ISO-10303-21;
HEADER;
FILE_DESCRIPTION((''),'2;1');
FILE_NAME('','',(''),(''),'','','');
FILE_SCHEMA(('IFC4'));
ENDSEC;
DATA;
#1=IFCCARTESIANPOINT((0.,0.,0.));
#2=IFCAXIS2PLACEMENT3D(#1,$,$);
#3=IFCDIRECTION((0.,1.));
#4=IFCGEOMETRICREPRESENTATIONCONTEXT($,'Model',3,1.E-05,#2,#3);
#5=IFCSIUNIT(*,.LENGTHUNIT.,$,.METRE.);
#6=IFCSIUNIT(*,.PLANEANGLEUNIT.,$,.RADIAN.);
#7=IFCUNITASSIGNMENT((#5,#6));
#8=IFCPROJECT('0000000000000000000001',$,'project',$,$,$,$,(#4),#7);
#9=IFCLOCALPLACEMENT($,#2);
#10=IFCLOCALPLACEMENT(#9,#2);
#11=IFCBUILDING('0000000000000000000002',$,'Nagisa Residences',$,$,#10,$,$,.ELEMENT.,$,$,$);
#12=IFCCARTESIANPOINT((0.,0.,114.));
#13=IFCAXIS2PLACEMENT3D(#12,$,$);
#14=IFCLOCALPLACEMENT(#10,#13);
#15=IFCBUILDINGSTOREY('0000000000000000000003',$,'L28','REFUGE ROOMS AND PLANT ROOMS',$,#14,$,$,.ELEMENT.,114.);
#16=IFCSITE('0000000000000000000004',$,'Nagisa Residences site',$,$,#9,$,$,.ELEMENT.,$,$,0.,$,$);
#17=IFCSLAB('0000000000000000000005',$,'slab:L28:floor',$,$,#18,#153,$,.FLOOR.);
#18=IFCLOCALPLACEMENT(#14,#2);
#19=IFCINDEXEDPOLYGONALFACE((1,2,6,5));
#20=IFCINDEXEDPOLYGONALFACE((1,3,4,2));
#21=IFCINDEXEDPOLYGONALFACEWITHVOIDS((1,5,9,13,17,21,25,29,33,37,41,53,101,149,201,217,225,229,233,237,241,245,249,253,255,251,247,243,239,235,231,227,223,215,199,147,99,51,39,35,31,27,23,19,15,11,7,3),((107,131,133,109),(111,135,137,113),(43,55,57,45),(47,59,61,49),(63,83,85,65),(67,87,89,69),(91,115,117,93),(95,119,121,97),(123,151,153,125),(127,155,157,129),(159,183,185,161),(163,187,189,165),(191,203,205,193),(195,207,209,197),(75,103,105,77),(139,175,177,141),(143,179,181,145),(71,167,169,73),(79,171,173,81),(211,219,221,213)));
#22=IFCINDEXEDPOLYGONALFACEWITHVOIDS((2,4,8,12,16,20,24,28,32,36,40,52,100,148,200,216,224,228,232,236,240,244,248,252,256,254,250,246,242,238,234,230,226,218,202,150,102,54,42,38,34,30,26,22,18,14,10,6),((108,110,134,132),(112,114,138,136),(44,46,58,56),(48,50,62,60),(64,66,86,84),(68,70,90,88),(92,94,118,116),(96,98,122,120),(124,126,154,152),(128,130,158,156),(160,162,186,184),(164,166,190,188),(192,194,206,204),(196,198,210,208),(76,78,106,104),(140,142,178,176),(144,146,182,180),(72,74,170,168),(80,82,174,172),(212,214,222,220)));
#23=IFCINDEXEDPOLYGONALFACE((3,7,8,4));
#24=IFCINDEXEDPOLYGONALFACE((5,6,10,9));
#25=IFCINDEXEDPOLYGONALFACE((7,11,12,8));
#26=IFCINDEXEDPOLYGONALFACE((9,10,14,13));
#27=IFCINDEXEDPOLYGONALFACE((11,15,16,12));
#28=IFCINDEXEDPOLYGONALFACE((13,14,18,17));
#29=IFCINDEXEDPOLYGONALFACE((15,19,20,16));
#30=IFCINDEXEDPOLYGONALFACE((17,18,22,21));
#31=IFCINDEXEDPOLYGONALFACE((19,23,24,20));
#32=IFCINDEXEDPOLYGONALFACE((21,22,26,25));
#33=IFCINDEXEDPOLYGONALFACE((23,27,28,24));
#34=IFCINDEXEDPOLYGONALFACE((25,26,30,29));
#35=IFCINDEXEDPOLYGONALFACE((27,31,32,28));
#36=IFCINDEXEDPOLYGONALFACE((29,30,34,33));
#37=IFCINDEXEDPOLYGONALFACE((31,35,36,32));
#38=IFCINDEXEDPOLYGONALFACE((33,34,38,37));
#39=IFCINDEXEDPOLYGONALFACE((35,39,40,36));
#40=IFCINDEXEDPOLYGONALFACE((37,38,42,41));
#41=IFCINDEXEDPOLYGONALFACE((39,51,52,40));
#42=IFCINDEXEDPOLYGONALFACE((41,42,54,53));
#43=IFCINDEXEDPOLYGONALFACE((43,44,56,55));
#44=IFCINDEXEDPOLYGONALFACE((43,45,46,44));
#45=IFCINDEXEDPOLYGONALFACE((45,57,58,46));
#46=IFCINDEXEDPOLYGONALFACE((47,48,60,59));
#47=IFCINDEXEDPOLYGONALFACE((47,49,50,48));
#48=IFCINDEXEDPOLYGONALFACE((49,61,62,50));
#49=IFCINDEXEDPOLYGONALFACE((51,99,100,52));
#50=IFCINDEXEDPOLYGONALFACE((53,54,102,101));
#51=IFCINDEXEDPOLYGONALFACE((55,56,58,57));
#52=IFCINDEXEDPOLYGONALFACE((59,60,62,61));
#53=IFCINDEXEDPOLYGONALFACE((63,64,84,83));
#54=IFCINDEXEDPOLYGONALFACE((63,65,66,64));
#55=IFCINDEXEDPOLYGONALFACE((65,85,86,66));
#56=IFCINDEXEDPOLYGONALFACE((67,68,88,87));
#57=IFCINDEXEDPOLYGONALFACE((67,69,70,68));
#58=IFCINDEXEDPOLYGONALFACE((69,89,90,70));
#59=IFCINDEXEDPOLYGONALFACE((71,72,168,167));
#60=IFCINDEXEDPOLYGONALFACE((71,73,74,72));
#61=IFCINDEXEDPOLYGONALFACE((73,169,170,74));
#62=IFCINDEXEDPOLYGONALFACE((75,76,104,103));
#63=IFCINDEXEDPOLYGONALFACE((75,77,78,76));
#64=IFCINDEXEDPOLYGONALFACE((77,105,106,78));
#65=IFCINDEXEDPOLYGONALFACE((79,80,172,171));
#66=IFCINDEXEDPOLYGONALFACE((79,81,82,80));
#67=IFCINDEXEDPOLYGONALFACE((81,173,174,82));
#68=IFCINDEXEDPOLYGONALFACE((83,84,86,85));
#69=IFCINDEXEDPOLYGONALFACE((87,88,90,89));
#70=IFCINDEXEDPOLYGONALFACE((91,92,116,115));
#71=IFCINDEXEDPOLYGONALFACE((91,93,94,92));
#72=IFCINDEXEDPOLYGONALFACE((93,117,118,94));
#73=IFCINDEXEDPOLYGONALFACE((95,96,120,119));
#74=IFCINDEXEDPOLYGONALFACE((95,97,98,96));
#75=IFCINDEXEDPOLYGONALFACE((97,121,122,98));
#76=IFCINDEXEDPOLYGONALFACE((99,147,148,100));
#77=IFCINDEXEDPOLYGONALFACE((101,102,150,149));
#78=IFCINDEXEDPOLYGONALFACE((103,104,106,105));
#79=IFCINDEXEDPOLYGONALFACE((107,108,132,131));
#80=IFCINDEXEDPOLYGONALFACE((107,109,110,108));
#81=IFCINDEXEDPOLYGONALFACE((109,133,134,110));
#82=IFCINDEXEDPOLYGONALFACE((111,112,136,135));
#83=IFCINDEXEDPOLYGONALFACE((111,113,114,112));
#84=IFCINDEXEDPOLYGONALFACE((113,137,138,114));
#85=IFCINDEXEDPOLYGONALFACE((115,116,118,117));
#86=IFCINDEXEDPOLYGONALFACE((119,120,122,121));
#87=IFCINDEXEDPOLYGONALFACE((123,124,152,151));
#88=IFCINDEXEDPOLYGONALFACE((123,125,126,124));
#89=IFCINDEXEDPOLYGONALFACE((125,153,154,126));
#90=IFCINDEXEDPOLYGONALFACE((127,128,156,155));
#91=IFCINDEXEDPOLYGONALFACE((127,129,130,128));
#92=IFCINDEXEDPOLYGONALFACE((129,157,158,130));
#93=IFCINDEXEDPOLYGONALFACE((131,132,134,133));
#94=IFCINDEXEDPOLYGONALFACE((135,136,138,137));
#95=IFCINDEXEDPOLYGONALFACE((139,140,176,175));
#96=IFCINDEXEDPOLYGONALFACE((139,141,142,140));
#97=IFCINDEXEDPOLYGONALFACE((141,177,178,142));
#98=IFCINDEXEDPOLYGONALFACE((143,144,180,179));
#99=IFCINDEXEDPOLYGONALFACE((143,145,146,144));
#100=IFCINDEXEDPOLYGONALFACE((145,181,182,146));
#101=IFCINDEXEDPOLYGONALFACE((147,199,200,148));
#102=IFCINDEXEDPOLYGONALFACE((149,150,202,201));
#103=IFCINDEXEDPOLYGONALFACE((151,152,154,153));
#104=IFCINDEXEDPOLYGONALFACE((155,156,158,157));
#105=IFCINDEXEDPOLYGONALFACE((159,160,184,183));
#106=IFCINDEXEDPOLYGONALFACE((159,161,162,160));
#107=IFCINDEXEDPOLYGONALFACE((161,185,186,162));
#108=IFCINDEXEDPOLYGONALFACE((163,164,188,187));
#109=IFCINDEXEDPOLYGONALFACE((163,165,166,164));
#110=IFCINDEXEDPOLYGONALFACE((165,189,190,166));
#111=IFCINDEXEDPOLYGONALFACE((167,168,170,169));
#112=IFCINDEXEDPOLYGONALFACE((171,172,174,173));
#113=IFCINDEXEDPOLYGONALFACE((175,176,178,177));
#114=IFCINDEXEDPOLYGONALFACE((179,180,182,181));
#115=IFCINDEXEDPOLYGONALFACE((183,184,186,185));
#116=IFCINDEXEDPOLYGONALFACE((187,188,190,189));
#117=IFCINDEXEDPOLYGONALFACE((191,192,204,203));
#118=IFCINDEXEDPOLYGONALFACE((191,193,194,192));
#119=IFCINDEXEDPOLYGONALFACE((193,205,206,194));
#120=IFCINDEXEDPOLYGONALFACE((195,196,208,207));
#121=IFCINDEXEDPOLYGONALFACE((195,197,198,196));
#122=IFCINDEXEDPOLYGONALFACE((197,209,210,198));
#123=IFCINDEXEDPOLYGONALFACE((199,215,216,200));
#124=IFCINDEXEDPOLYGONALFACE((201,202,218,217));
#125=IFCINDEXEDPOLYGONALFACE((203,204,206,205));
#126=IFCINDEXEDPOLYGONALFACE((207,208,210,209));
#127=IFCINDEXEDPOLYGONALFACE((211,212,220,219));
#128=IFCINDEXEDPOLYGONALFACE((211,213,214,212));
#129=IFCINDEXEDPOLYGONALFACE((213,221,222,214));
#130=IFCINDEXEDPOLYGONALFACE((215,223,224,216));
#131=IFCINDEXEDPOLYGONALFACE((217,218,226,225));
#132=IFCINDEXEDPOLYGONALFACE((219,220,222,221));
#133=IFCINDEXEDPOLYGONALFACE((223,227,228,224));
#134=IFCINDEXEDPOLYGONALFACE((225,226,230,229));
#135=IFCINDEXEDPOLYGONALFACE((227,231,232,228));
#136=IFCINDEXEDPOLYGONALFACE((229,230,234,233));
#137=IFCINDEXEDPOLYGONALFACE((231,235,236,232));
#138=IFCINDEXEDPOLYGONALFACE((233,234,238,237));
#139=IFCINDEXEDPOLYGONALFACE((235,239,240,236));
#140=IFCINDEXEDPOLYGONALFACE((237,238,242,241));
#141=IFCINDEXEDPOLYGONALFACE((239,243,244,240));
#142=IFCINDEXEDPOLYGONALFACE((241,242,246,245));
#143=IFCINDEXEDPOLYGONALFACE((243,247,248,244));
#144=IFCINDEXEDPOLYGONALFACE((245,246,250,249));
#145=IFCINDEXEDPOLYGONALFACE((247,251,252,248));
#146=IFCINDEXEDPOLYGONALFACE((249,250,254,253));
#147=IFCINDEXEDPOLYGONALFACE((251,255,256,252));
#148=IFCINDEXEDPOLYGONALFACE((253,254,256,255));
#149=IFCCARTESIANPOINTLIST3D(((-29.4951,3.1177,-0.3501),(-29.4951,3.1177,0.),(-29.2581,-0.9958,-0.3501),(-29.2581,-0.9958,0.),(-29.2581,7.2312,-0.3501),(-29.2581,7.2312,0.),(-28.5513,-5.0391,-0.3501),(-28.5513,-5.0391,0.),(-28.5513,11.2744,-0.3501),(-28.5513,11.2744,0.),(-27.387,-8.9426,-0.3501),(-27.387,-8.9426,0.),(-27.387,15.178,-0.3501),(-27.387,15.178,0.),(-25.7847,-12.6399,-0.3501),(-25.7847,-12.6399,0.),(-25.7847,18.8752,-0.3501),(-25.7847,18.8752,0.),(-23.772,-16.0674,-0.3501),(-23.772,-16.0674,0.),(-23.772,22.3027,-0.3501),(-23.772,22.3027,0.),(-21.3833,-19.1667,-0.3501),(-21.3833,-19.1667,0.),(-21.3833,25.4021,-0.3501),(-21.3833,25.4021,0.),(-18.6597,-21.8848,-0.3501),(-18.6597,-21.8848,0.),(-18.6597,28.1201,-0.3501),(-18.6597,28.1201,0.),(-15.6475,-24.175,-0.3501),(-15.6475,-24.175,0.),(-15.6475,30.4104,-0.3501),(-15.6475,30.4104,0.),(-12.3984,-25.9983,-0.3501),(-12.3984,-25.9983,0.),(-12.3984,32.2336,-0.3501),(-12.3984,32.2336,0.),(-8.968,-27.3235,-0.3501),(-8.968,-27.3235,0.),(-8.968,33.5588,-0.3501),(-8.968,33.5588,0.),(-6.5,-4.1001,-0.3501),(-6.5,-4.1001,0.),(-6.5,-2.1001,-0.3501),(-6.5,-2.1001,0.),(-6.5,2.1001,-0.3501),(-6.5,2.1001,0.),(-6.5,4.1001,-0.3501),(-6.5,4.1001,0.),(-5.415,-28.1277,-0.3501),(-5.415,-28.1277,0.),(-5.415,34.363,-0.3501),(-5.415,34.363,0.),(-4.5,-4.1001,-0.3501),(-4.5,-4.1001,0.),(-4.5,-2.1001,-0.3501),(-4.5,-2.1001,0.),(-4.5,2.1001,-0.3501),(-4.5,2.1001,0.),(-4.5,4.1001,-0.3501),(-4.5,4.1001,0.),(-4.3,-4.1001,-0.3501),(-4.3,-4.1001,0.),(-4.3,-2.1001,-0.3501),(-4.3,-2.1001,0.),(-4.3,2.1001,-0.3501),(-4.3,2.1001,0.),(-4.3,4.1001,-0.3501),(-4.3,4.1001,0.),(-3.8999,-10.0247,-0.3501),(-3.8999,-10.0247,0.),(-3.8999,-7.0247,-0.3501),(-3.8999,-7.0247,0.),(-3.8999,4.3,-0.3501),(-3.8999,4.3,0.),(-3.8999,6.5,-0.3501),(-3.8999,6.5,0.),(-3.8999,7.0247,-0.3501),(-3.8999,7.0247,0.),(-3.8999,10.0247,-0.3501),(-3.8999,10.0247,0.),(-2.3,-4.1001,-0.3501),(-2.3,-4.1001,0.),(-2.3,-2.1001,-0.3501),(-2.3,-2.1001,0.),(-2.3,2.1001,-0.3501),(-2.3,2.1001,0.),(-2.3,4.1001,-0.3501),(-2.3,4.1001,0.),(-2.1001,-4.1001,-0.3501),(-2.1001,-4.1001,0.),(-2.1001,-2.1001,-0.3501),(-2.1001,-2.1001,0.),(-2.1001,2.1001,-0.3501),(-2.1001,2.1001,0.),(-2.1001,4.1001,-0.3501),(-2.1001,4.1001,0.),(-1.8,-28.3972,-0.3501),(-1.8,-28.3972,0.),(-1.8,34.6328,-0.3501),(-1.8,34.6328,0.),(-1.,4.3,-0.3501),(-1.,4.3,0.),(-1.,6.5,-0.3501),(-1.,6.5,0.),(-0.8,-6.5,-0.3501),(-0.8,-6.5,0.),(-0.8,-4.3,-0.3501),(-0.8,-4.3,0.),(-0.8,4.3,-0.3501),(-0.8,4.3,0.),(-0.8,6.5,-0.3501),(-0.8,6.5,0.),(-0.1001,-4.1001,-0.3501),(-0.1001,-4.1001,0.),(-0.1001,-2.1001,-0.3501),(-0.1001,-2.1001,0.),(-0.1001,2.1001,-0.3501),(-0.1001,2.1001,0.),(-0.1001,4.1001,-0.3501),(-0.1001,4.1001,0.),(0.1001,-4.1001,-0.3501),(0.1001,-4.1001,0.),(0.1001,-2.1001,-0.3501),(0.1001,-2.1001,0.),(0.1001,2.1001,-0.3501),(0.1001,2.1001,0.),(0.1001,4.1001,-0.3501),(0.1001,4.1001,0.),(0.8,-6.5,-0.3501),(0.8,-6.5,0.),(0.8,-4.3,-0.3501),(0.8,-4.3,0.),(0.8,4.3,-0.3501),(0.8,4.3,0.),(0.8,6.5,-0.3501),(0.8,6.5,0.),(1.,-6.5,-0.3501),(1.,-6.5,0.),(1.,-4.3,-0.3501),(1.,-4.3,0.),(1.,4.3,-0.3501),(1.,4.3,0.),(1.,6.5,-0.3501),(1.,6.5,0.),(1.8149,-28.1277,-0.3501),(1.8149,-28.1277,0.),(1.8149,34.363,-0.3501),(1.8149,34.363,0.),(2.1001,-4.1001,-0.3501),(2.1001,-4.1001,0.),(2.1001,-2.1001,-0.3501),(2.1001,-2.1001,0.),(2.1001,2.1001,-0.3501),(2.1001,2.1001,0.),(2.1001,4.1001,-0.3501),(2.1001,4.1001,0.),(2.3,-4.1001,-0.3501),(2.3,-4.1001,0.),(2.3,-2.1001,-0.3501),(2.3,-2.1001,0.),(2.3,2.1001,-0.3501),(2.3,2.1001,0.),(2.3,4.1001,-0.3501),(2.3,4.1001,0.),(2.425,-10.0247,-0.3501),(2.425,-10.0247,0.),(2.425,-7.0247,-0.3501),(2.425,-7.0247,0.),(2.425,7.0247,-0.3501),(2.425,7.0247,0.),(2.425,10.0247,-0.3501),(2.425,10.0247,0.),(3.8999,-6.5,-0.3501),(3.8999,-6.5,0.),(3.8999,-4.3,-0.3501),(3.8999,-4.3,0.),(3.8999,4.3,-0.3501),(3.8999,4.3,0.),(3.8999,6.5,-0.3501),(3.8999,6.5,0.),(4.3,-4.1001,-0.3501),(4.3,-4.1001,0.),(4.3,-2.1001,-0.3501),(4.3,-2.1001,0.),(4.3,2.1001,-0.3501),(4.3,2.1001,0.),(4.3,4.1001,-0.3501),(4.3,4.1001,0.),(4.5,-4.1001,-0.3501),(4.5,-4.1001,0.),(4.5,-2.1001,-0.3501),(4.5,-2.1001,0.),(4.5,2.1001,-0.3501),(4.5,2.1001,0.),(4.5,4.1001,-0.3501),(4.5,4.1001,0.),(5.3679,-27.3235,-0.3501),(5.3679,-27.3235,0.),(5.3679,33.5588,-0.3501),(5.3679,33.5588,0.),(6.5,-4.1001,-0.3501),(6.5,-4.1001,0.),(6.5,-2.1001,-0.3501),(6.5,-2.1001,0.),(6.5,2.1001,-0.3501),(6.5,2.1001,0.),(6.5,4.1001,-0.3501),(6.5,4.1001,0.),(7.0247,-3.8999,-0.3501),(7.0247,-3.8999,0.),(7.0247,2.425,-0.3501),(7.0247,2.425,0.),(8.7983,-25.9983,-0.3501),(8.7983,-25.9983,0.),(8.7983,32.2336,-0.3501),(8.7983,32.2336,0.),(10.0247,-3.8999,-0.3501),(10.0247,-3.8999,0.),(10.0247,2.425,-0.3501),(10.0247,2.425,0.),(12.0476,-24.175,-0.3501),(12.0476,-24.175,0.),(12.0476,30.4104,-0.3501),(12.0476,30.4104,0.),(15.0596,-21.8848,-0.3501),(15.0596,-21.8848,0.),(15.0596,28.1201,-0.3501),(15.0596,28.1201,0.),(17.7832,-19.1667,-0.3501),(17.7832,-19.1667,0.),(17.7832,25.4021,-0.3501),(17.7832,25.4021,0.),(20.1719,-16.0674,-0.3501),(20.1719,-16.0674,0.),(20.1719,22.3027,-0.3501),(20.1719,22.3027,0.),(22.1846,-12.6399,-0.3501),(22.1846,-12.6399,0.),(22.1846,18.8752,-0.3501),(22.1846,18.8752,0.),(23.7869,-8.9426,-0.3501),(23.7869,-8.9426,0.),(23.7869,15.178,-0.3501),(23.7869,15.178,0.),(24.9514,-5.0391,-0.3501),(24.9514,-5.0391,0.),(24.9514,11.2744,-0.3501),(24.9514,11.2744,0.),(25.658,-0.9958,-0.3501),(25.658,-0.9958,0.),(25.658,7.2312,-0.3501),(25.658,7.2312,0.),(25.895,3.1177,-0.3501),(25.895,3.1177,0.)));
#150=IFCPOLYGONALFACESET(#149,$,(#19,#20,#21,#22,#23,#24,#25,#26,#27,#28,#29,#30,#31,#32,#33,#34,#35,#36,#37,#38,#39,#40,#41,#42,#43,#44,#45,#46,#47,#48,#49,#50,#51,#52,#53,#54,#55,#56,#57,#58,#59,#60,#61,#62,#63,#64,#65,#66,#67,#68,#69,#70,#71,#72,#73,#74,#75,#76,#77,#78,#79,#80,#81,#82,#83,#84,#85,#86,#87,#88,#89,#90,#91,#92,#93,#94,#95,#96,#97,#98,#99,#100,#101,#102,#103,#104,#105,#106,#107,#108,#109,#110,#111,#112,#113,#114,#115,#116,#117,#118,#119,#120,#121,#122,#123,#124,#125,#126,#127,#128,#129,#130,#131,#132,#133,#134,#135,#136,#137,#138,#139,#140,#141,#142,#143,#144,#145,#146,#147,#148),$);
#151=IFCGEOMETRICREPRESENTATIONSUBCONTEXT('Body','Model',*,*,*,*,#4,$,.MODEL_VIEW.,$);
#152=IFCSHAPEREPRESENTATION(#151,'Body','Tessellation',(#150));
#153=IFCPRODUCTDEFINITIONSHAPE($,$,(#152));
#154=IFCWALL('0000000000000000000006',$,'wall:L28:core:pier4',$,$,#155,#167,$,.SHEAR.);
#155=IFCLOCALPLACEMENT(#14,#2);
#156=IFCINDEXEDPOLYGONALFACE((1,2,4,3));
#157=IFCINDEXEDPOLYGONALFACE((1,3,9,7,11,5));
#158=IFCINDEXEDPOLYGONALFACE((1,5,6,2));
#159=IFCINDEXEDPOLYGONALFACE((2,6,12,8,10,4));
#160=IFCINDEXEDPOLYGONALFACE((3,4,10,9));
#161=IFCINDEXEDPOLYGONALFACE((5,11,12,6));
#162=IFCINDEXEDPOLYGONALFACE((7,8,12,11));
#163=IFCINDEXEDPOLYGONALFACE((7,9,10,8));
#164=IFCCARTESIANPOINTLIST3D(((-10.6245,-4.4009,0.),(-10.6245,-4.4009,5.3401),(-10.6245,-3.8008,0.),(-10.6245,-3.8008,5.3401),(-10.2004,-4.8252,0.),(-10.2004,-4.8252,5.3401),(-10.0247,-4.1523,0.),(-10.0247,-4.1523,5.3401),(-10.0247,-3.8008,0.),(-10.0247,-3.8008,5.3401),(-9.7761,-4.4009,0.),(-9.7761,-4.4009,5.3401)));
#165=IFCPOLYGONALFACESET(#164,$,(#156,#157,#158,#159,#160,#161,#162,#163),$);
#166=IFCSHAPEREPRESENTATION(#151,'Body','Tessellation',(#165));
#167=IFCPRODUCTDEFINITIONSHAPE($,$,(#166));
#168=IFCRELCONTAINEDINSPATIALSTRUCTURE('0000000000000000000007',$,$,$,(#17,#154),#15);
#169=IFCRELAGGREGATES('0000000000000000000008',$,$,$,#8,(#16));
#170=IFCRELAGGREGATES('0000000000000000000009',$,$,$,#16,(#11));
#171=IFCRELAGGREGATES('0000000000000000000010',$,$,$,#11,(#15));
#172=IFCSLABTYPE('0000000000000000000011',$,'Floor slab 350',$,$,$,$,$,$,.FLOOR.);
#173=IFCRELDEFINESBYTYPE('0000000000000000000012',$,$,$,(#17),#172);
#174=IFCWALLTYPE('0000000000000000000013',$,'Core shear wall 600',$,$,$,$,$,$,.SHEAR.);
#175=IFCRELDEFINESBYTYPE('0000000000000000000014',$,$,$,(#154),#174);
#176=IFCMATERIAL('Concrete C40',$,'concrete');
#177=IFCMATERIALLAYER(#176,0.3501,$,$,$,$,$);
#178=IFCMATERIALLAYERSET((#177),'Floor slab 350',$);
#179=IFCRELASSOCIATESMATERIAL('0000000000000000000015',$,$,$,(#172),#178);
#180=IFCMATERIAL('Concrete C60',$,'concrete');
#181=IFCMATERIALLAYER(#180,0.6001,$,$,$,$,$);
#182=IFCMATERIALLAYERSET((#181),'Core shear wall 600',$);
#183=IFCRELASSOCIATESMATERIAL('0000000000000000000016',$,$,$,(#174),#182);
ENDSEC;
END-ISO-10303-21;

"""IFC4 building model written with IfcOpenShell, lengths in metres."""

from ifc_helpers import new_model, si_unit, direction, frame, origin, place, context, subcontext, project, spatial, polyline, outline, extrude, material, layer, layer_set, type_object, element, save


model = new_model("IFC4")

# Units and contexts
model_context = context("Model", 3, precision=1e-05, world=origin(), true_north=direction((0.0, 1.0)))
body_context = subcontext(model_context, "Body", "Model", "MODEL_VIEW")
ifc_project = project(units=[si_unit("LENGTHUNIT", "METRE"), si_unit("PLANEANGLEUNIT", "RADIAN")], contexts=[model_context])

# Site, building, storey
site_placement = place(None, origin())
site = spatial("IfcSite", under=ifc_project, at=site_placement, Name="Nagisa Residences site", CompositionType="ELEMENT", RefElevation=0.0)
building_placement = place(site_placement, origin())
building = spatial("IfcBuilding", under=site, at=building_placement, Name="Nagisa Residences", CompositionType="ELEMENT")
storey_placement = place(building_placement, frame((0.0, 0.0, 114.0)))
storey = spatial("IfcBuildingStorey", under=building, at=storey_placement, Name="L28", Description="REFUGE ROOMS AND PLANT ROOMS", CompositionType="ELEMENT", Elevation=114.0)

# Slab
ifc_material_1 = material(Name="Concrete C40", Category="concrete")
ifc_layer_1 = layer(ifc_material_1, 0.3501)
ifc_layer_set_1 = layer_set([ifc_layer_1], Name="Floor slab 350")
slab_type_1 = type_object("IfcSlabType", Name="Floor slab 350", PredefinedType="FLOOR", material=ifc_layer_set_1)
slab_1_placement = place(storey_placement, frame((0.0, 0.0, -0.3501)))
element("IfcSlab", 1, at=slab_1_placement, inside=storey, type_object=slab_type_1, Name="slab:L28:floor", PredefinedType="FLOOR", context=body_context, shape_type="SweptSolid", body=[
    extrude(outline(polyline([(25.895, 3.1177), (25.658, 7.2312), (24.9514, 11.2744), (23.7869, 15.178), (22.1846, 18.8752), (20.1719, 22.3027), (17.7832, 25.4021), (15.0596, 28.1201), (12.0476, 30.4104), (8.7983, 32.2336), (5.3679, 33.5588), (1.8149, 34.363), (-1.8, 34.6328), (-5.415, 34.363), (-8.968, 33.5588), (-12.3984, 32.2336), (-15.6475, 30.4104), (-18.6597, 28.1201), (-21.3833, 25.4021), (-23.772, 22.3027), (-25.7847, 18.8752), (-27.387, 15.178), (-28.5513, 11.2744), (-29.2581, 7.2312), (-29.4951, 3.1177), (-29.2581, -0.9958), (-28.5513, -5.0391), (-27.387, -8.9426), (-25.7847, -12.6399), (-23.772, -16.0674), (-21.3833, -19.1667), (-18.6597, -21.8848), (-15.6475, -24.175), (-12.3984, -25.9983), (-8.968, -27.3235), (-5.415, -28.1277), (-1.8, -28.3972), (1.8149, -28.1277), (5.3679, -27.3235), (8.7983, -25.9983), (12.0476, -24.175), (15.0596, -21.8848), (17.7832, -19.1667), (20.1719, -16.0674), (22.1846, -12.6399), (23.7869, -8.9426), (24.9514, -5.0391), (25.658, -0.9958), (25.895, 3.1177)]), holes=[polyline([(-4.5, 2.1001), (-4.5, 4.1001), (-6.5, 4.1001), (-6.5, 2.1001), (-4.5, 2.1001)]), polyline([(-2.3, 2.1001), (-2.3, 4.1001), (-4.3, 4.1001), (-4.3, 2.1001), (-2.3, 2.1001)]), polyline([(-0.1001, 2.1001), (-0.1001, 4.1001), (-2.1001, 4.1001), (-2.1001, 2.1001), (-0.1001, 2.1001)]), polyline([(2.1001, 2.1001), (2.1001, 4.1001), (0.1001, 4.1001), (0.1001, 2.1001), (2.1001, 2.1001)]), polyline([(4.3, 2.1001), (4.3, 4.1001), (2.3, 4.1001), (2.3, 2.1001), (4.3, 2.1001)]), polyline([(6.5, 2.1001), (6.5, 4.1001), (4.5, 4.1001), (4.5, 2.1001), (6.5, 2.1001)]), polyline([(-4.5, -4.1001), (-4.5, -2.1001), (-6.5, -2.1001), (-6.5, -4.1001), (-4.5, -4.1001)]), polyline([(-2.3, -4.1001), (-2.3, -2.1001), (-4.3, -2.1001), (-4.3, -4.1001), (-2.3, -4.1001)]), polyline([(-0.1001, -4.1001), (-0.1001, -2.1001), (-2.1001, -2.1001), (-2.1001, -4.1001), (-0.1001, -4.1001)]), polyline([(2.1001, -4.1001), (2.1001, -2.1001), (0.1001, -2.1001), (0.1001, -4.1001), (2.1001, -4.1001)]), polyline([(4.3, -4.1001), (4.3, -2.1001), (2.3, -2.1001), (2.3, -4.1001), (4.3, -4.1001)]), polyline([(6.5, -4.1001), (6.5, -2.1001), (4.5, -2.1001), (4.5, -4.1001), (6.5, -4.1001)]), polyline([(3.8999, 4.3), (3.8999, 6.5), (1.0, 6.5), (1.0, 4.3), (3.8999, 4.3)]), polyline([(3.8999, -6.5), (3.8999, -4.3), (1.0, -4.3), (1.0, -6.5), (3.8999, -6.5)]), polyline([(-1.0, 4.3), (-1.0, 6.5), (-3.8999, 6.5), (-3.8999, 4.3), (-1.0, 4.3)]), polyline([(0.8, 4.3), (0.8, 6.5), (-0.8, 6.5), (-0.8, 4.3), (0.8, 4.3)]), polyline([(0.8, -6.5), (0.8, -4.3), (-0.8, -4.3), (-0.8, -6.5), (0.8, -6.5)]), polyline([(10.0247, -3.8999), (7.0247, -3.8999), (7.0247, 2.425), (10.0247, 2.425), (10.0247, -3.8999)]), polyline([(-3.8999, 7.0247), (-3.8999, 10.0247), (2.425, 10.0247), (2.425, 7.0247), (-3.8999, 7.0247)]), polyline([(-3.8999, -10.0247), (-3.8999, -7.0247), (2.425, -7.0247), (2.425, -10.0247), (-3.8999, -10.0247)])]), origin(), (0.0, 0.0, 1.0), 0.3501),
])

# Wall
ifc_material_2 = material(Name="Concrete C60", Category="concrete")
ifc_layer_2 = layer(ifc_material_2, 0.6001)
ifc_layer_set_2 = layer_set([ifc_layer_2], Name="Core shear wall 600")
wall_type_1 = type_object("IfcWallType", Name="Core shear wall 600", PredefinedType="SHEAR", material=ifc_layer_set_2)
wall_1_placement = place(storey_placement, origin())
element("IfcWall", 2, at=wall_1_placement, inside=storey, type_object=wall_type_1, Name="wall:L28:core:pier4", PredefinedType="SHEAR", context=body_context, shape_type="SweptSolid", body=[
    extrude(outline(polyline([(-10.6245, -3.8008), (-10.0247, -3.8008), (-10.0247, -4.1523), (-9.7761, -4.4009), (-10.2004, -4.8252), (-10.6245, -4.4009), (-10.6245, -3.8008)])), origin(), (0.0, 0.0, 1.0), 5.3401),
])

save(model, "model.ifc")
